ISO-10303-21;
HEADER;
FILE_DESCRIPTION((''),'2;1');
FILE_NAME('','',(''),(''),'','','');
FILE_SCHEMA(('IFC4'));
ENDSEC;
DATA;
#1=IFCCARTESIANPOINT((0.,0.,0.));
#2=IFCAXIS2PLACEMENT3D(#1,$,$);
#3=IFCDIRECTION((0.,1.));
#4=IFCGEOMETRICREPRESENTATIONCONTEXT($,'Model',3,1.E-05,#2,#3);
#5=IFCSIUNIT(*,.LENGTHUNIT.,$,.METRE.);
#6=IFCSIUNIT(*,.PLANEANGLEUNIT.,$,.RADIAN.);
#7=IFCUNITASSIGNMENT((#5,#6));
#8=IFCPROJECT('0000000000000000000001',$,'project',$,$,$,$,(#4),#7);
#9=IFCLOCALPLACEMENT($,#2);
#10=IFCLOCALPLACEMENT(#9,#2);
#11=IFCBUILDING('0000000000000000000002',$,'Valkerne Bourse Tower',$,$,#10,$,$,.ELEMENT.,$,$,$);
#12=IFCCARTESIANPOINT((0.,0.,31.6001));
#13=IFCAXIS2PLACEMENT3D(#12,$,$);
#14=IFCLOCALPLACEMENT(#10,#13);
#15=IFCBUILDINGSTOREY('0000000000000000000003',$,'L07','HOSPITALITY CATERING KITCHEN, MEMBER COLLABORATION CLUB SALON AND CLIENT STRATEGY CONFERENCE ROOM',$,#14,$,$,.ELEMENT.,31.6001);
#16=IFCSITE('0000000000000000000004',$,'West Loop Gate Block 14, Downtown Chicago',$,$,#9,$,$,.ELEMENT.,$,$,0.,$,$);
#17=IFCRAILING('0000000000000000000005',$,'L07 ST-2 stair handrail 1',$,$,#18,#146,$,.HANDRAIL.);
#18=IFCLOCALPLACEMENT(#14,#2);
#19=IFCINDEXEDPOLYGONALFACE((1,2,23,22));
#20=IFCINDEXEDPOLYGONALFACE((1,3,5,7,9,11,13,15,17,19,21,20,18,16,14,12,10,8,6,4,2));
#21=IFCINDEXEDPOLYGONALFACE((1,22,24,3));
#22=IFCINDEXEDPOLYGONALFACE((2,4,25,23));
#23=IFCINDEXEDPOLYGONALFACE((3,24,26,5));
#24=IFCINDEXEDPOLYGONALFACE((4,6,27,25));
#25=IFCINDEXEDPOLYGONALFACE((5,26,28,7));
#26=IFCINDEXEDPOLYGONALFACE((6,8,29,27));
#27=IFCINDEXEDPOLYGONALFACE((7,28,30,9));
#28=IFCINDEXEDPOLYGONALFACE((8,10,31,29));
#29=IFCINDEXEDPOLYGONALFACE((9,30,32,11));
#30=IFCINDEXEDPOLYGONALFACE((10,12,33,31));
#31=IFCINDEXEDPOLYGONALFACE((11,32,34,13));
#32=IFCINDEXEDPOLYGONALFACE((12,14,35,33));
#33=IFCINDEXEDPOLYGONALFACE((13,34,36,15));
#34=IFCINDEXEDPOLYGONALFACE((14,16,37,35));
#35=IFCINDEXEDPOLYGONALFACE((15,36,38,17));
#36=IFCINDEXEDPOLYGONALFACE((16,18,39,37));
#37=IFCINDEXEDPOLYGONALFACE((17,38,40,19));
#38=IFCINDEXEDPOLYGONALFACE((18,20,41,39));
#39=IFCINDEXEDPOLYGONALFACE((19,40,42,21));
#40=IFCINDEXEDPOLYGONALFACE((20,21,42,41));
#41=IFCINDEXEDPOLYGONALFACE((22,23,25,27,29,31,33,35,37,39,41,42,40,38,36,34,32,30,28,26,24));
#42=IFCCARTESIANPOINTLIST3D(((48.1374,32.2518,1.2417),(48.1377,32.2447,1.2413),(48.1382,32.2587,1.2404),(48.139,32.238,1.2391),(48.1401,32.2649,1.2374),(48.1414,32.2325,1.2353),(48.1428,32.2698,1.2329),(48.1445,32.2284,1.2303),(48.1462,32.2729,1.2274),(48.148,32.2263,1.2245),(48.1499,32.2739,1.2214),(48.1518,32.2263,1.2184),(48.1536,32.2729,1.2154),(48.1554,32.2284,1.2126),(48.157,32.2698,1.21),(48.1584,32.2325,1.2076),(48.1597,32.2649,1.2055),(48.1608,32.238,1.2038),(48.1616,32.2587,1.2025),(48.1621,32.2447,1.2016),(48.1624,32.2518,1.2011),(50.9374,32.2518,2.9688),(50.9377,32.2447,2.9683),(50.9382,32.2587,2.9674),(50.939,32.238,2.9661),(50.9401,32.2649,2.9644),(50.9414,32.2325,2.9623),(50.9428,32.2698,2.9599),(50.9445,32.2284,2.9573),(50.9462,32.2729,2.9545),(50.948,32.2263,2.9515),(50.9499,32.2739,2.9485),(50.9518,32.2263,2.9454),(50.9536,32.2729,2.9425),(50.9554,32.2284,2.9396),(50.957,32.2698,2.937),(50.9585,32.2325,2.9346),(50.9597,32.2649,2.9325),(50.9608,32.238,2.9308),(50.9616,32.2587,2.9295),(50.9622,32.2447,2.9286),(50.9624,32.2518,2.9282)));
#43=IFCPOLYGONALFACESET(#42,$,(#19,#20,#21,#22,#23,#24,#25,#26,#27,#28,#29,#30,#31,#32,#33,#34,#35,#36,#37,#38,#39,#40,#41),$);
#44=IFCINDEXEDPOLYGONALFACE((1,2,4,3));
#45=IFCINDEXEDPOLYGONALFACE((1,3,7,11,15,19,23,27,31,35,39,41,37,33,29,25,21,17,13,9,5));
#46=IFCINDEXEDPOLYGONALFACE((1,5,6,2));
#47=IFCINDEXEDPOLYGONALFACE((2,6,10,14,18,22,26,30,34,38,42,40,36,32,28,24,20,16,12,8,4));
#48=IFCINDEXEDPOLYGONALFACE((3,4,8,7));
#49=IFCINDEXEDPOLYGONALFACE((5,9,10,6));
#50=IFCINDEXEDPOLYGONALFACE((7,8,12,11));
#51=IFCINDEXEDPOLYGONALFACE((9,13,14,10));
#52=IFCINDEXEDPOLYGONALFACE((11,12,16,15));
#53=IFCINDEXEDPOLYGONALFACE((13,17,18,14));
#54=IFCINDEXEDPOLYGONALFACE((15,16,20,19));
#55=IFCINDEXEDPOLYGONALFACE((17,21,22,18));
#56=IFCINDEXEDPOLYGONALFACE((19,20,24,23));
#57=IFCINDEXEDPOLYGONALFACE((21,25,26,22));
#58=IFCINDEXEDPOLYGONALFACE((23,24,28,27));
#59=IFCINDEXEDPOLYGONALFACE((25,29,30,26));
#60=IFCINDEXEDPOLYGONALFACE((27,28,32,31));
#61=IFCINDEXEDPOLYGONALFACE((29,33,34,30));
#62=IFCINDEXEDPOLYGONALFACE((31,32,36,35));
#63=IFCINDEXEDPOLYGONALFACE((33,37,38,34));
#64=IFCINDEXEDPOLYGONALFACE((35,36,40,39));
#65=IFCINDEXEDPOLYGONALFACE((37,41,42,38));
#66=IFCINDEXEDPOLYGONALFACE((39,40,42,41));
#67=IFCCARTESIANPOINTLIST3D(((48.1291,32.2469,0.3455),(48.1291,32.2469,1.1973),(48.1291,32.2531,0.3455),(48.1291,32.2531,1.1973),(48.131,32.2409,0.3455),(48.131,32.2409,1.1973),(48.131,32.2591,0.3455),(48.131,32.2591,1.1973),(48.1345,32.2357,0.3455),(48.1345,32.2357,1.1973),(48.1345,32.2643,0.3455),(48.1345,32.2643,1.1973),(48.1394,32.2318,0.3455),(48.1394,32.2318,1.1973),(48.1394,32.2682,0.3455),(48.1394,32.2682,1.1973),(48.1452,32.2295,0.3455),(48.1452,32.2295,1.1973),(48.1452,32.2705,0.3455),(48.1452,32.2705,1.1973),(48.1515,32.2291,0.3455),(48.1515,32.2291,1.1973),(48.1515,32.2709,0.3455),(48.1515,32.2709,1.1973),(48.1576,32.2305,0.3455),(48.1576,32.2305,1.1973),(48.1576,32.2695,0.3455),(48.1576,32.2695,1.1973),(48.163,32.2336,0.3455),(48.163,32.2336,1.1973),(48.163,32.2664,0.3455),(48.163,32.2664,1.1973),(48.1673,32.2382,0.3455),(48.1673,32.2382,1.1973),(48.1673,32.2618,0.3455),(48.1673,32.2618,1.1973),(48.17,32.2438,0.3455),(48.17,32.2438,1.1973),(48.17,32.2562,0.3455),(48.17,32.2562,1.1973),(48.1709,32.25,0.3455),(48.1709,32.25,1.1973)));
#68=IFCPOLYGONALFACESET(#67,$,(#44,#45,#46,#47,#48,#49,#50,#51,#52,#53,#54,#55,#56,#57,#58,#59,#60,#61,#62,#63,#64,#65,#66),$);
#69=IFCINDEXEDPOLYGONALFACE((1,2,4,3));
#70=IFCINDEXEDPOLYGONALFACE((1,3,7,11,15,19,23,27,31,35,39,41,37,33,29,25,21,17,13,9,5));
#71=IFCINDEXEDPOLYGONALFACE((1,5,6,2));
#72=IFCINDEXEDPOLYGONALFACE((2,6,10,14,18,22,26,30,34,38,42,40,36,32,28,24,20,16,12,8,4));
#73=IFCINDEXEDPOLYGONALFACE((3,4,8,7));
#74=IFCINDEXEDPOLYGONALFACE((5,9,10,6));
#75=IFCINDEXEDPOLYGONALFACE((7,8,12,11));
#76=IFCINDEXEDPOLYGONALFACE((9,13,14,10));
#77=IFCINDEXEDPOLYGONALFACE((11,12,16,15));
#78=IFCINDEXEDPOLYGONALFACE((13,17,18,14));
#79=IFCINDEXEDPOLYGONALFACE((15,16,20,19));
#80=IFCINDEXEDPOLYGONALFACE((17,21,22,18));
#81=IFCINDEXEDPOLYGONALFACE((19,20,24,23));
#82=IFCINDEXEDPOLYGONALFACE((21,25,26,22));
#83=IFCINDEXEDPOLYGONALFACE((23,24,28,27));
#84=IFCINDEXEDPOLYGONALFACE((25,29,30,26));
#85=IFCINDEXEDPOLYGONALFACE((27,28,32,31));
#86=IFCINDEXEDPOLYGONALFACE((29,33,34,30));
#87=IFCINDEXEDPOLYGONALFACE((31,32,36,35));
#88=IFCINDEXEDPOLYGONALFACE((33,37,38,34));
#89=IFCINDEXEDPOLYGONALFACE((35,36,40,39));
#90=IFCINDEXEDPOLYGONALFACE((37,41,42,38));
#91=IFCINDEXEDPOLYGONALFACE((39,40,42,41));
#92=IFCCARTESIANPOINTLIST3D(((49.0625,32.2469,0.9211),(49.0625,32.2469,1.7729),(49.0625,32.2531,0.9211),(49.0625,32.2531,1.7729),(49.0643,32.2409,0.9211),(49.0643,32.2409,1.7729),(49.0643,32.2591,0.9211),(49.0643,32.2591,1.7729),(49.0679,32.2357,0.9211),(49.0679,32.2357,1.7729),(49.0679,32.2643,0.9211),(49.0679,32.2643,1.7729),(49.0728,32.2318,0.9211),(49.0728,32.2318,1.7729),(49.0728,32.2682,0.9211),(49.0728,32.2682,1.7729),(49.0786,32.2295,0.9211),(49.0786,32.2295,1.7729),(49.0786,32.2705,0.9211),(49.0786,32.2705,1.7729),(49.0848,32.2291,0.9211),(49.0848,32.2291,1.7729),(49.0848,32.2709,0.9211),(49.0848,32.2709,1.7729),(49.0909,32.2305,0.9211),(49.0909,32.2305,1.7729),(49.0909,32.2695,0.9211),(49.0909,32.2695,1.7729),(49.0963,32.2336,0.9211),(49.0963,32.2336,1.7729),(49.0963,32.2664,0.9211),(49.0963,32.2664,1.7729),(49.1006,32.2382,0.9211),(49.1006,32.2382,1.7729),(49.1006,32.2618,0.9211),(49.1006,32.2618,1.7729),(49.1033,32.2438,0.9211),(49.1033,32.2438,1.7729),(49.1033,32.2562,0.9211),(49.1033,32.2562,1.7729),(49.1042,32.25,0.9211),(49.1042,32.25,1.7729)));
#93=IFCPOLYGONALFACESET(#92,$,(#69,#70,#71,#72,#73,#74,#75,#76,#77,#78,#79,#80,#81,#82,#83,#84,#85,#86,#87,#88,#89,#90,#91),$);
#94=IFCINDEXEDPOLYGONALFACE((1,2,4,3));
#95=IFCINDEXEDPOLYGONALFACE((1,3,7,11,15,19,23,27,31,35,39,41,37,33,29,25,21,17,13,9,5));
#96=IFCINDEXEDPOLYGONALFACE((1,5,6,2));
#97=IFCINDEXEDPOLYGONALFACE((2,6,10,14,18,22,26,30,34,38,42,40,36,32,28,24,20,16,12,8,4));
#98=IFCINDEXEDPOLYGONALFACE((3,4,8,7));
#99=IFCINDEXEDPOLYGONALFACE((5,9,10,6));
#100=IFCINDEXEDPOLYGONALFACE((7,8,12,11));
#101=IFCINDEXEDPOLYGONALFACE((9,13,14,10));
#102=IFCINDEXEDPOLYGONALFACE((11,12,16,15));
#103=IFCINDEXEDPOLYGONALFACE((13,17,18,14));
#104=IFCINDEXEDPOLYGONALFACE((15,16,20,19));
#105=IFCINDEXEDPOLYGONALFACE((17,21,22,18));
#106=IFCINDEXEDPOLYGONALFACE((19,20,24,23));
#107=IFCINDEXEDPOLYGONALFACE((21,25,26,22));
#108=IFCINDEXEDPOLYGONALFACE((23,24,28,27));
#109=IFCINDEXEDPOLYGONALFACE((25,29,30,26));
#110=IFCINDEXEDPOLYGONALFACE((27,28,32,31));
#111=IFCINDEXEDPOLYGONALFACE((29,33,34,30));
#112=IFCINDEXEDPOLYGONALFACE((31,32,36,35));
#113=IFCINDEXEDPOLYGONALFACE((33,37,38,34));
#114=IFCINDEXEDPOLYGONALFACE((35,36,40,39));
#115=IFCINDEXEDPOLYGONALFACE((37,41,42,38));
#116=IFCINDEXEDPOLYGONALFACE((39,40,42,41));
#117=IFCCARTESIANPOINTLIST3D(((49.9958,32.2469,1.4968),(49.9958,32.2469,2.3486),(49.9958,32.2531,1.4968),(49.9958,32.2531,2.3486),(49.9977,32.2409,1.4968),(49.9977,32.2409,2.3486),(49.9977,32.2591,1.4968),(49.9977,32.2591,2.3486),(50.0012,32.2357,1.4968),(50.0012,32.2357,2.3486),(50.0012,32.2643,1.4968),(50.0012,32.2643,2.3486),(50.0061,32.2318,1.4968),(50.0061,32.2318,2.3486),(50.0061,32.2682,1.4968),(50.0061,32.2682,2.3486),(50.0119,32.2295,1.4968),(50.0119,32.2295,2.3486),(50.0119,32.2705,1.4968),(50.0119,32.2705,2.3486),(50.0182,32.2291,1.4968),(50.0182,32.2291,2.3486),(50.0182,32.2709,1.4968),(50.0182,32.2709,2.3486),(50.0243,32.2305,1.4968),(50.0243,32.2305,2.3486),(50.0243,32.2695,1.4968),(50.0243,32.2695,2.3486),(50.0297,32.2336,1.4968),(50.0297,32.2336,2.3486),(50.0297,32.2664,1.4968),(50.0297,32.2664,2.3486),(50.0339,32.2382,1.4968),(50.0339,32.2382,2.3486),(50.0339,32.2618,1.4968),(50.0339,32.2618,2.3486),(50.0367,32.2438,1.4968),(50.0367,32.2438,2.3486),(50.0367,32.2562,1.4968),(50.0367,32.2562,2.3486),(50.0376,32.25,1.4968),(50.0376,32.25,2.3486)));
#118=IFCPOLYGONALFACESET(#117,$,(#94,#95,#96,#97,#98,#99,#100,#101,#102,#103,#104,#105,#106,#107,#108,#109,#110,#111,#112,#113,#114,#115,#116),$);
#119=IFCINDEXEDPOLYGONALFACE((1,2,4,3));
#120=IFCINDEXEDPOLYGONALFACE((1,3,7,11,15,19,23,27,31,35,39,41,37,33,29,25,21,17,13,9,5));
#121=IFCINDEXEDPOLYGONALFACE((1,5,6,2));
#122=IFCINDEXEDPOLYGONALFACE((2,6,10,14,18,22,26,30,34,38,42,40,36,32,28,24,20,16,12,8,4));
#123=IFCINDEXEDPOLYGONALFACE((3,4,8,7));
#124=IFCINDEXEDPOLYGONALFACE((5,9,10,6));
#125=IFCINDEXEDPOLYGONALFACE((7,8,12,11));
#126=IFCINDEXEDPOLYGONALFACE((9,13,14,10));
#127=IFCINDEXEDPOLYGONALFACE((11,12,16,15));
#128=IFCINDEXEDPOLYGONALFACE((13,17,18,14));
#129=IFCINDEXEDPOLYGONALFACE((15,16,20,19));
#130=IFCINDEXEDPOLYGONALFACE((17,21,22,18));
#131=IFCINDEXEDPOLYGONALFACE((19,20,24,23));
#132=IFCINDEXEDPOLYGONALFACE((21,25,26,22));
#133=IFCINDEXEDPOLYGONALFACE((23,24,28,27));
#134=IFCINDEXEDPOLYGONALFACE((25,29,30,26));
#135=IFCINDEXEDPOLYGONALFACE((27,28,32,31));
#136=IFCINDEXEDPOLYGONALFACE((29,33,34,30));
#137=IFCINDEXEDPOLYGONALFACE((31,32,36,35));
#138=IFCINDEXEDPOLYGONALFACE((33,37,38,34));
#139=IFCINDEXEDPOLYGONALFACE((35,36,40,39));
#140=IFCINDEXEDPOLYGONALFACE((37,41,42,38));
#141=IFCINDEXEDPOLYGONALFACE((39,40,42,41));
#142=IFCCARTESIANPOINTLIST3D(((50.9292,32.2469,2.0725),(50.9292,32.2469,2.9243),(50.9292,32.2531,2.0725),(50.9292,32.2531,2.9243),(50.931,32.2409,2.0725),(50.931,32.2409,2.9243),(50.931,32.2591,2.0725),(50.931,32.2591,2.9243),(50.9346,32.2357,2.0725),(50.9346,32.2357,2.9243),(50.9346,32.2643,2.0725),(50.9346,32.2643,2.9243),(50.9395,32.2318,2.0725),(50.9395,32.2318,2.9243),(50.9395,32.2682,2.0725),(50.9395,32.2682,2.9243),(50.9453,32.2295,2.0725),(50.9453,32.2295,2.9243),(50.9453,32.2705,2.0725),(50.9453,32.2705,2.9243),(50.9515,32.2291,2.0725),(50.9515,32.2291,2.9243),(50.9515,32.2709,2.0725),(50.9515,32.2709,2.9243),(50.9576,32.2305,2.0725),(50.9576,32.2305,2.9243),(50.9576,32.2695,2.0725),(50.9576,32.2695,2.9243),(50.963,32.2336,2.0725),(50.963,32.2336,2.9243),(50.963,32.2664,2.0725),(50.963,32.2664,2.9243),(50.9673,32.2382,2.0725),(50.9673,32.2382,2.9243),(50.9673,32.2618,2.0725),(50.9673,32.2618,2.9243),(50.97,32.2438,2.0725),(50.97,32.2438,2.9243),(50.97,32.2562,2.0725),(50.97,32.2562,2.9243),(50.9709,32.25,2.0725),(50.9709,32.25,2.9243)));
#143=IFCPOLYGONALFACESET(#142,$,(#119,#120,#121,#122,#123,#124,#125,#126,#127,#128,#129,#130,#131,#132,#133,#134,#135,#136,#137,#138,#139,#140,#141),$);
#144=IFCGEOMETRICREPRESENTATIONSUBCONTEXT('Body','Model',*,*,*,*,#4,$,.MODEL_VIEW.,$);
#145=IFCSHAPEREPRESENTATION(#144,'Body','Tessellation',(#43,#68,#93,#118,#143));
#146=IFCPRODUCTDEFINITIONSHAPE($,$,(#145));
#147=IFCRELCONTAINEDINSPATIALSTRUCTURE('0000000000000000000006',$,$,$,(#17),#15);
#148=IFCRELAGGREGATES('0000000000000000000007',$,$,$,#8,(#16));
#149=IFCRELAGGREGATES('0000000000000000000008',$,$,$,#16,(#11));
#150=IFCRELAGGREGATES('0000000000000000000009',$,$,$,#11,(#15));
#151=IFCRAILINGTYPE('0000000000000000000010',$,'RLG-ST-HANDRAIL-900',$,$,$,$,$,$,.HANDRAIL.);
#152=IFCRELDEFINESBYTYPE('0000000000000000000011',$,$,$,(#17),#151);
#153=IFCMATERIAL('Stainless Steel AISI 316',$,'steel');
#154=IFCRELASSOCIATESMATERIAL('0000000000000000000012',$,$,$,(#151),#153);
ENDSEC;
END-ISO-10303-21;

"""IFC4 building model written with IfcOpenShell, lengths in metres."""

from ifc_helpers import new_model, si_unit, direction, frame, origin, origin_2d, place, context, subcontext, project, spatial, circle, extrude, material, type_object, element, save


model = new_model("IFC4")

# Units and contexts
model_context = context("Model", 3, precision=1e-05, world=origin(), true_north=direction((0.0, 1.0)))
body_context = subcontext(model_context, "Body", "Model", "MODEL_VIEW")
ifc_project = project(units=[si_unit("LENGTHUNIT", "METRE"), si_unit("PLANEANGLEUNIT", "RADIAN")], contexts=[model_context])

# Site, building, storey
site_placement = place(None, origin())
site = spatial("IfcSite", under=ifc_project, at=site_placement, Name="West Loop Gate Block 14, Downtown Chicago", CompositionType="ELEMENT", RefElevation=0.0)
building_placement = place(site_placement, origin())
building = spatial("IfcBuilding", under=site, at=building_placement, Name="Valkerne Bourse Tower", CompositionType="ELEMENT")
storey_placement = place(building_placement, frame((0.0, 0.0, 31.6001)))
storey = spatial("IfcBuildingStorey", under=building, at=storey_placement, Name="L07", Description="HOSPITALITY CATERING KITCHEN, MEMBER COLLABORATION CLUB SALON AND CLIENT STRATEGY CONFERENCE ROOM", CompositionType="ELEMENT", Elevation=31.6001)

# Shared definitions
ifc_material_1 = material(Name="Stainless Steel AISI 316", Category="steel")

# Railing
railing_type_1 = type_object("IfcRailingType", Name="RLG-ST-HANDRAIL-900", PredefinedType="HANDRAIL", material=ifc_material_1)
railing_1_placement = place(storey_placement, frame((48.1499, 32.25, 0.3455)))
element("IfcRailing", 1, at=railing_1_placement, inside=storey, type_object=railing_type_1, Name="L07 ST-2 stair handrail 1", PredefinedType="HANDRAIL", context=body_context, shape_type="SweptSolid", body=[
    extrude(circle(Radius=0.0239, at=origin_2d()), frame((0.0, 0.0, 0.876), z_axis=(0.851123, 0.0, 0.524967), x_axis=(0.0, 1.0, 0.0)), (0.0, 0.0, 1.0), 3.2898),
    extrude(circle(Radius=0.021, at=origin_2d()), origin(), (0.0, 0.0, 1.0), 0.8518),
    extrude(circle(Radius=0.021, at=origin_2d()), frame((0.9333, 0.0, 0.5757)), (0.0, 0.0, 1.0), 0.8518),
    extrude(circle(Radius=0.021, at=origin_2d()), frame((1.8667, 0.0, 1.1514)), (0.0, 0.0, 1.0), 0.8518),
    extrude(circle(Radius=0.021, at=origin_2d()), frame((2.8, 0.0, 1.7271)), (0.0, 0.0, 1.0), 0.8518),
])

save(model, "model.ifc")
